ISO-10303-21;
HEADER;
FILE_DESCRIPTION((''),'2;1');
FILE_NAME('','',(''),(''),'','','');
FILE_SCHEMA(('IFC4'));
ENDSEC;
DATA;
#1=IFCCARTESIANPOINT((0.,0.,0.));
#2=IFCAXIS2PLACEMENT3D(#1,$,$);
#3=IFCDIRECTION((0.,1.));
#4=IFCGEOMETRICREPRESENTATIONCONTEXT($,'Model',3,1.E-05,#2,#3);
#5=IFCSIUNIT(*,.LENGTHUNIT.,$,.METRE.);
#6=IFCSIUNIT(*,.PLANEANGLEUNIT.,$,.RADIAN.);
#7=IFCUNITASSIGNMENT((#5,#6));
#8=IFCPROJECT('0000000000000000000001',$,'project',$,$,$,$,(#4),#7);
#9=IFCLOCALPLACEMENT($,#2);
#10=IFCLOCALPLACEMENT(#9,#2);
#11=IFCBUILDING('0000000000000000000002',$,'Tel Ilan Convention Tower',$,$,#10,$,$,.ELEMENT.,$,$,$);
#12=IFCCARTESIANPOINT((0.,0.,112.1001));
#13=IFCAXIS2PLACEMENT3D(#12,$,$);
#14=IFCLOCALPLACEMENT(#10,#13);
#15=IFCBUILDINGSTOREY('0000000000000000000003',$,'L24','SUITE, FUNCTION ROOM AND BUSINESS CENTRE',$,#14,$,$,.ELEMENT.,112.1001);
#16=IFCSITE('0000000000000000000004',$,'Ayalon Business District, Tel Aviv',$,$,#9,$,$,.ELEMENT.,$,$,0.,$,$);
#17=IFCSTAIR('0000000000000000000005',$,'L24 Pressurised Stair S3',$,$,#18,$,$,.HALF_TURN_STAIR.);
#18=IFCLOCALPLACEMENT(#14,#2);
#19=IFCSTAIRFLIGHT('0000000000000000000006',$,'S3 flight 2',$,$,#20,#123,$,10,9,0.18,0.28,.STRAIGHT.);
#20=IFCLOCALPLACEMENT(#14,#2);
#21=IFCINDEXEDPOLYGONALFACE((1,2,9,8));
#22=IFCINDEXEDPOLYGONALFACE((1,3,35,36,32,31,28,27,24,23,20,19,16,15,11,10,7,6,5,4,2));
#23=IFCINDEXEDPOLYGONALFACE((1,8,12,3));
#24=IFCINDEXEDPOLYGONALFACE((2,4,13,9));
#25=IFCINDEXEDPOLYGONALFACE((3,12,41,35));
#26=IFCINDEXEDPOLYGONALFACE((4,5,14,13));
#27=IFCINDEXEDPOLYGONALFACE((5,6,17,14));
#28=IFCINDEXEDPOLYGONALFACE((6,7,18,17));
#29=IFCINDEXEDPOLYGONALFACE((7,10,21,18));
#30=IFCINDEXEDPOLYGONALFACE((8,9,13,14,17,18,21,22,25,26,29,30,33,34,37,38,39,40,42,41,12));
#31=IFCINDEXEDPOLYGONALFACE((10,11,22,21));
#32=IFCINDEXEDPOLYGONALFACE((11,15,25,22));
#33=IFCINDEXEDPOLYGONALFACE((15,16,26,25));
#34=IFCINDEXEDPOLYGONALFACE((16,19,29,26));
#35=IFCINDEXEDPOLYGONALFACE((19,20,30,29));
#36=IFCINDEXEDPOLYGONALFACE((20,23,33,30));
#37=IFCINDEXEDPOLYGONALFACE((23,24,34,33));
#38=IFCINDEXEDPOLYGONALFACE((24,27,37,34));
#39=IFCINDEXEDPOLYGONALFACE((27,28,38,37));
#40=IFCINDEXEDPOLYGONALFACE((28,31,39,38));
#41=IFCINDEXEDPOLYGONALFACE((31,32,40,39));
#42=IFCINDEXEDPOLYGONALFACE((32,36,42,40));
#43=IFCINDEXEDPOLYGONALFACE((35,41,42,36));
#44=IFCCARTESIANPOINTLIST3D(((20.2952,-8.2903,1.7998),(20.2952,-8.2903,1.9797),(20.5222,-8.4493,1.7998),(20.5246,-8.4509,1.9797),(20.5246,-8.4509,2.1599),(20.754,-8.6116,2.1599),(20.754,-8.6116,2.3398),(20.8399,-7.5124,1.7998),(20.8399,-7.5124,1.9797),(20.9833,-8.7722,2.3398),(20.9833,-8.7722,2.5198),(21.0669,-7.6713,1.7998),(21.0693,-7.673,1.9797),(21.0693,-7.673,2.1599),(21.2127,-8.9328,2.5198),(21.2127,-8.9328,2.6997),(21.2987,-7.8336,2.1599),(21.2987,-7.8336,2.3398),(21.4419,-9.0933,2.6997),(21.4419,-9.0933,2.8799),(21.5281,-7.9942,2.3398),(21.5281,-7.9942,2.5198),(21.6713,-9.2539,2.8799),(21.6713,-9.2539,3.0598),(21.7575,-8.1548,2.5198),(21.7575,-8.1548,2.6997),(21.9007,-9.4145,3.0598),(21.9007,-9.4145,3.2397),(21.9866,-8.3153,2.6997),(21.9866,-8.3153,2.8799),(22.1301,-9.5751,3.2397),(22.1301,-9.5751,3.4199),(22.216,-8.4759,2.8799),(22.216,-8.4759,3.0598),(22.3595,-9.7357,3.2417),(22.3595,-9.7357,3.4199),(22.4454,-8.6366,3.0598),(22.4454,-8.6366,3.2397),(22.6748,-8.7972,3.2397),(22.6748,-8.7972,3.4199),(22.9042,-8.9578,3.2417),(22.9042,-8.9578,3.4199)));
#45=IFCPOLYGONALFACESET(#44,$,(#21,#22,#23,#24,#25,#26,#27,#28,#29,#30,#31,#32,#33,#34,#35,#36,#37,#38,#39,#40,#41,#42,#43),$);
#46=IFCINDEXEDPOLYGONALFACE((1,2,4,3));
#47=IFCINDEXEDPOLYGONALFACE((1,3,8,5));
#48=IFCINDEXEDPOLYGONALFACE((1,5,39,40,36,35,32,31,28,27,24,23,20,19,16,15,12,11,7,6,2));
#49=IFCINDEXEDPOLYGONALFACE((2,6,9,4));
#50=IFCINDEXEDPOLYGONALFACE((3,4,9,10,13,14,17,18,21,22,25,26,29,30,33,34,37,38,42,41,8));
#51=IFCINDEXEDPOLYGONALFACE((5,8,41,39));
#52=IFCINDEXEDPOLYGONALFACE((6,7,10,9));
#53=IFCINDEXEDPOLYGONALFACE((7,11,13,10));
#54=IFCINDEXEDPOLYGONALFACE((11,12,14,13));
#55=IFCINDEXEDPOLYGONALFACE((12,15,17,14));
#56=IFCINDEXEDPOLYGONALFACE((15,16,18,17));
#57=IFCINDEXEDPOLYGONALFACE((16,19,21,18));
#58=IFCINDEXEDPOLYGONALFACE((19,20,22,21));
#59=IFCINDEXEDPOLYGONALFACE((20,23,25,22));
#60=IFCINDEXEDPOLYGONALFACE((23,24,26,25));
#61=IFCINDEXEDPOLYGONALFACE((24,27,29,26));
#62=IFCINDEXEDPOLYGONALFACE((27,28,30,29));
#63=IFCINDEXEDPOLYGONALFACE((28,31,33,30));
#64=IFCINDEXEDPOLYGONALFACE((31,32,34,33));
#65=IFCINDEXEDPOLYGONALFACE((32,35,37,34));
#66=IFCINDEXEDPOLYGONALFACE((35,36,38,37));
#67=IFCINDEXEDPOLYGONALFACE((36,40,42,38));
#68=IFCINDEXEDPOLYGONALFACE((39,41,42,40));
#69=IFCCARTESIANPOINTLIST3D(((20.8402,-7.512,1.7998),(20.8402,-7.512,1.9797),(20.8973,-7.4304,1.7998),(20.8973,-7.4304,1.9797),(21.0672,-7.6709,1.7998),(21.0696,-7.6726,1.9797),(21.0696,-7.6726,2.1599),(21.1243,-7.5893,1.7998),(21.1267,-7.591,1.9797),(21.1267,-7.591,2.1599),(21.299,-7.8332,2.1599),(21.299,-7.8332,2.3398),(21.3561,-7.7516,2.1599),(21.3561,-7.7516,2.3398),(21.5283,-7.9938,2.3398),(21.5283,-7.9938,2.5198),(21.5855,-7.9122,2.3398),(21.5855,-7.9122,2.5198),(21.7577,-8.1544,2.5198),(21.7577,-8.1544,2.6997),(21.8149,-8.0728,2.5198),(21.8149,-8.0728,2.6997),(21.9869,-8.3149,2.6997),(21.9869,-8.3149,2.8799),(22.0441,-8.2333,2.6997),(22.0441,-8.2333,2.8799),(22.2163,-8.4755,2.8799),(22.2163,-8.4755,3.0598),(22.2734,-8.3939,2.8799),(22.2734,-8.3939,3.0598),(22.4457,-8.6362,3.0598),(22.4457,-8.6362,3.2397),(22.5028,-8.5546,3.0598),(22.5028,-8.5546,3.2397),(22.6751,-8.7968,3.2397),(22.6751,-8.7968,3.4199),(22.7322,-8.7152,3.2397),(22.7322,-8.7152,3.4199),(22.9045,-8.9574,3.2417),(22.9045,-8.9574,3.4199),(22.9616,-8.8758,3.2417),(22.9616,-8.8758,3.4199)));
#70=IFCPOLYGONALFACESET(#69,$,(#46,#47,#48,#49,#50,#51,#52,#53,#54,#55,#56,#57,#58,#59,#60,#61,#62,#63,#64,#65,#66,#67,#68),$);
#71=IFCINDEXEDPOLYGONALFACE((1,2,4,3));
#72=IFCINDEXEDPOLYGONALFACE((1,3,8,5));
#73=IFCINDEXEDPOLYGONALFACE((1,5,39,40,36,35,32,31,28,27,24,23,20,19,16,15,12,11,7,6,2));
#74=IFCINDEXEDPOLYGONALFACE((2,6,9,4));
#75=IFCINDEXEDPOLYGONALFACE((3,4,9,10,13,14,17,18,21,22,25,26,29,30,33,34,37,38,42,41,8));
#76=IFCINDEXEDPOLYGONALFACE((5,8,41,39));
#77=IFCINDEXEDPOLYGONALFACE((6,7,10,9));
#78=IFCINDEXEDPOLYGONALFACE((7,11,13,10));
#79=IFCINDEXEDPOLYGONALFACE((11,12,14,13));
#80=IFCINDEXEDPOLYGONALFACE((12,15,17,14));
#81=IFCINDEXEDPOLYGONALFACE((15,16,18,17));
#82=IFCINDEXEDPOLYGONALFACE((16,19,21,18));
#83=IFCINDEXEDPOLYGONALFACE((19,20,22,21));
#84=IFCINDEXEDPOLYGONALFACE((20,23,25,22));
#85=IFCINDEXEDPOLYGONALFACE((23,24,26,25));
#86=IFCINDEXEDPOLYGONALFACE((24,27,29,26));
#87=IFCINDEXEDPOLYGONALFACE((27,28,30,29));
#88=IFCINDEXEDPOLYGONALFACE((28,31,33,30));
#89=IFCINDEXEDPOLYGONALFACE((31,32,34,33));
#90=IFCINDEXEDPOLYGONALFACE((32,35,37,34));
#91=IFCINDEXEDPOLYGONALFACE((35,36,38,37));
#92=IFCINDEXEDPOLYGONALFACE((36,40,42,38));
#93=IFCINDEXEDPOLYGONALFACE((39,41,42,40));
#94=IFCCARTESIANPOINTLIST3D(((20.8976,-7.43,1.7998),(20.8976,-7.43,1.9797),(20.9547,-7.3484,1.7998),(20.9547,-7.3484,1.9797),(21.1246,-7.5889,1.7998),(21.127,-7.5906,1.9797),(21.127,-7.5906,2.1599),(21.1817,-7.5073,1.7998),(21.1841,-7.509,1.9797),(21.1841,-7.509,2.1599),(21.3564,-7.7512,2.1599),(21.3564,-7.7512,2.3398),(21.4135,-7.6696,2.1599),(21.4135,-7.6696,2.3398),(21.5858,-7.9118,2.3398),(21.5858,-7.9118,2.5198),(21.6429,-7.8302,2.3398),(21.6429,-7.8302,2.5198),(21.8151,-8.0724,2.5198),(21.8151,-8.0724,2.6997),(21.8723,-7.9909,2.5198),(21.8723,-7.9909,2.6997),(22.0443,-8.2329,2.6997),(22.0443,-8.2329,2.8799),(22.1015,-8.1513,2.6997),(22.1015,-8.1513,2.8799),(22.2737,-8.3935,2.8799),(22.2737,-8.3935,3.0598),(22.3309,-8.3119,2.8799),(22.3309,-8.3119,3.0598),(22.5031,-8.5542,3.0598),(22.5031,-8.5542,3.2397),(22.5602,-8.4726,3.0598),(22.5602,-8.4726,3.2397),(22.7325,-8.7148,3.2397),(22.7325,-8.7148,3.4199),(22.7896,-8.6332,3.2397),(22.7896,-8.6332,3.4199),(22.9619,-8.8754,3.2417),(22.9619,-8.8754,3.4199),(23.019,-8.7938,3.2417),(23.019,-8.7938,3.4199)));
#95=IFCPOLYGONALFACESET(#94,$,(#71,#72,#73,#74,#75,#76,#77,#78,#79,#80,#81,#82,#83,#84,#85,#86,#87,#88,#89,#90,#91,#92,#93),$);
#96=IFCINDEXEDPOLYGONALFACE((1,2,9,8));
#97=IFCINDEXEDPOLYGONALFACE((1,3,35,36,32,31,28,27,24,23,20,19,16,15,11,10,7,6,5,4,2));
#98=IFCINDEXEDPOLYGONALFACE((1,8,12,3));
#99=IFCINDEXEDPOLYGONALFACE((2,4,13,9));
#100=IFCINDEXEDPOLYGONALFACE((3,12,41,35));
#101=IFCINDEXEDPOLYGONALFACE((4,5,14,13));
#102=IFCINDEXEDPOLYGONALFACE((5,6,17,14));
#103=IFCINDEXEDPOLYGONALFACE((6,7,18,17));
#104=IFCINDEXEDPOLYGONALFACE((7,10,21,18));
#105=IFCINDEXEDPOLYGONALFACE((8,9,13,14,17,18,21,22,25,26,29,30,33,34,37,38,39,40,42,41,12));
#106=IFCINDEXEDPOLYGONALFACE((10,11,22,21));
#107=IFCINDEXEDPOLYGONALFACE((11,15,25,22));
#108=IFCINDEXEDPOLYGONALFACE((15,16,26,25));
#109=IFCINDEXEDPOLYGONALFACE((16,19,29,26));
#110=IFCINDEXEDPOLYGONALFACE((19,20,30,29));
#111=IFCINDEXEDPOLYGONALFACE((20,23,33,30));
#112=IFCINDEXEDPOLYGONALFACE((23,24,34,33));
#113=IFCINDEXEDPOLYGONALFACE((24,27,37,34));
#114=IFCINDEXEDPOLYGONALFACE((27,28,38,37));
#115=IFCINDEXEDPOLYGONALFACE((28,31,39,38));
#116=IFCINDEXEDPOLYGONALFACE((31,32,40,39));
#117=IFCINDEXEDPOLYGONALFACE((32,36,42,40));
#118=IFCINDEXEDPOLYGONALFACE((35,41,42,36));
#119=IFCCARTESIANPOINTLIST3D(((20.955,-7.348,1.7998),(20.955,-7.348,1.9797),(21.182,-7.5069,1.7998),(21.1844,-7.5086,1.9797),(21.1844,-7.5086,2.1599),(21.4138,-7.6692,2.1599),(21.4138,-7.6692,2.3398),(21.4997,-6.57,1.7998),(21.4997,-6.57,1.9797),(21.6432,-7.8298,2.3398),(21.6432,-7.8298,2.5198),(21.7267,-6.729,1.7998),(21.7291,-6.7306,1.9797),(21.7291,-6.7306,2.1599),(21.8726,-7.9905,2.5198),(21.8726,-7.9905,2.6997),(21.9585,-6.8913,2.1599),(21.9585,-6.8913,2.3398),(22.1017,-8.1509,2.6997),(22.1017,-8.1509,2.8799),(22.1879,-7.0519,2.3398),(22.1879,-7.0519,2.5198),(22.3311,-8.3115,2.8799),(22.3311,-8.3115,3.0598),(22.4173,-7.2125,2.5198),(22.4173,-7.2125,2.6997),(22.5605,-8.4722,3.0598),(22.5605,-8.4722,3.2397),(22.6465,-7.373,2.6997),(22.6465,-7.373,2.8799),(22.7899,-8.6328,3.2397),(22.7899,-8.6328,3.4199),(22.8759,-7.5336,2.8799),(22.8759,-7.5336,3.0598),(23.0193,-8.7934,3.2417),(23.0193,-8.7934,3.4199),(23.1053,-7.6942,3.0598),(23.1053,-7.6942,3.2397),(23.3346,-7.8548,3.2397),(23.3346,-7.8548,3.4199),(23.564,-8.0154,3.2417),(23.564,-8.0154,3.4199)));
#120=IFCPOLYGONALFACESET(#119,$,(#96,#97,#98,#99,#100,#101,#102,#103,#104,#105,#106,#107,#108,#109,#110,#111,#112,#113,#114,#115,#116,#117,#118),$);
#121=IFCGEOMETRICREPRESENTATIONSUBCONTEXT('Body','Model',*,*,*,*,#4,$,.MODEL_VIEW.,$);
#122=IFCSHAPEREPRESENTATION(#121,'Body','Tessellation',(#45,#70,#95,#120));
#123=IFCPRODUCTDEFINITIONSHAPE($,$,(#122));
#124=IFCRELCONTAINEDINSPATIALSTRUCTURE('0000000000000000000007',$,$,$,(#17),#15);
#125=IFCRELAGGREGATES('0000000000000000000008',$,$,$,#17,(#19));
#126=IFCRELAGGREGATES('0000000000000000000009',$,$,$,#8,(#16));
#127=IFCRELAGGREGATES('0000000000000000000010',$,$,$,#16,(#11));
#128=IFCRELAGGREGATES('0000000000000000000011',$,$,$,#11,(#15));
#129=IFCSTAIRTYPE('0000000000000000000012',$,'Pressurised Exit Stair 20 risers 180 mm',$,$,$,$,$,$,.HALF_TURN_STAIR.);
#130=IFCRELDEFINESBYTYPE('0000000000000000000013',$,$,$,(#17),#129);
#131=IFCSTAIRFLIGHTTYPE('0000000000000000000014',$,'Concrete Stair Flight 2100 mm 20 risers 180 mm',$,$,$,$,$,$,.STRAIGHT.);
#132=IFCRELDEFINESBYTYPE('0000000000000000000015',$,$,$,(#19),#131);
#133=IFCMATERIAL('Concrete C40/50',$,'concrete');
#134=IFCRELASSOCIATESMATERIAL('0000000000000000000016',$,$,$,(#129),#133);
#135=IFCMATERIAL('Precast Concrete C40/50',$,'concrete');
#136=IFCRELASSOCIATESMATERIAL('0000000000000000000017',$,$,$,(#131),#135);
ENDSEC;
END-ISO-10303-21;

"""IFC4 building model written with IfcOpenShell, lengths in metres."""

from ifc_helpers import new_model, si_unit, direction, frame, origin, place, context, subcontext, project, spatial, polyline, outline, extrude, material, type_object, element, aggregate, save


model = new_model("IFC4")

# Units and contexts
model_context = context("Model", 3, precision=1e-05, world=origin(), true_north=direction((0.0, 1.0)))
body_context = subcontext(model_context, "Body", "Model", "MODEL_VIEW")
ifc_project = project(units=[si_unit("LENGTHUNIT", "METRE"), si_unit("PLANEANGLEUNIT", "RADIAN")], contexts=[model_context])

# Site, building, storey
site_placement = place(None, origin())
site = spatial("IfcSite", under=ifc_project, at=site_placement, Name="Ayalon Business District, Tel Aviv", CompositionType="ELEMENT", RefElevation=0.0)
building_placement = place(site_placement, origin())
building = spatial("IfcBuilding", under=site, at=building_placement, Name="Tel Ilan Convention Tower", CompositionType="ELEMENT")
storey_placement = place(building_placement, frame((0.0, 0.0, 112.1001)))
storey = spatial("IfcBuildingStorey", under=building, at=storey_placement, Name="L24", Description="SUITE, FUNCTION ROOM AND BUSINESS CENTRE", CompositionType="ELEMENT", Elevation=112.1001)

# Stair, stair flight
ifc_material_1 = material(Name="Concrete C40/50", Category="concrete")
stair_type = type_object("IfcStairType", Name="Pressurised Exit Stair 20 risers 180 mm", PredefinedType="HALF_TURN_STAIR", material=ifc_material_1)
stair_1_placement = place(storey_placement, origin())
stair_1 = element("IfcStair", 1, at=stair_1_placement, inside=storey, type_object=stair_type, Name="L24 Pressurised Stair S3", PredefinedType="HALF_TURN_STAIR")
ifc_material_2 = material(Name="Precast Concrete C40/50", Category="concrete")
stair_flight_type = type_object("IfcStairFlightType", Name="Concrete Stair Flight 2100 mm 20 risers 180 mm", PredefinedType="STRAIGHT", material=ifc_material_2)
stair_flight_1_placement = place(storey_placement, frame((20.8975, -7.4302, 1.7998), z_axis=(0.0, 0.0, 1.0), x_axis=(0.819152, -0.573576, 0.0)))
stair_flight_1 = element("IfcStairFlight", 2, at=stair_flight_1_placement, type_object=stair_flight_type, Name="S3 flight 2", NumberOfRisers=10, NumberOfTreads=9, PredefinedType="STRAIGHT", RiserHeight=0.18, TreadLength=0.28, context=body_context, shape_type="SweptSolid", body=[
    extrude(outline(polyline([(0.0, 0.0), (0.0, 0.1799), (0.28, 0.1799), (0.28, 0.3601), (0.5601, 0.3601), (0.5601, 0.54), (0.8401, 0.54), (0.8401, 0.72), (1.1201, 0.72), (1.1201, 0.8999), (1.3999, 0.8999), (1.3999, 1.0801), (1.6799, 1.0801), (1.6799, 1.26), (1.96, 1.26), (1.96, 1.4399), (2.24, 1.4399), (2.24, 1.6201), (2.52, 1.6201), (2.52, 1.8), (2.52, 1.4419), (0.2771, 0.0), (0.0, 0.0)])), frame((0.0, -0.1003, 0.0), z_axis=(0.0, -1.0, 0.0), x_axis=(1.0, 0.0, 0.0)), (0.0, 0.0, 1.0), 0.9497),
    extrude(outline(polyline([(0.0, 0.0), (0.0, 0.1799), (0.28, 0.1799), (0.28, 0.3601), (0.5601, 0.3601), (0.5601, 0.54), (0.8401, 0.54), (0.8401, 0.72), (1.1201, 0.72), (1.1201, 0.8999), (1.3999, 0.8999), (1.3999, 1.0801), (1.6799, 1.0801), (1.6799, 1.26), (1.96, 1.26), (1.96, 1.4399), (2.24, 1.4399), (2.24, 1.6201), (2.52, 1.6201), (2.52, 1.8), (2.52, 1.4419), (0.2771, 0.0), (0.0, 0.0)])), frame((0.0, -0.0002, 0.0), z_axis=(0.0, -1.0, 0.0), x_axis=(1.0, 0.0, 0.0)), (0.0, 0.0, 1.0), 0.0996),
    extrude(outline(polyline([(0.0, 0.0), (0.0, 0.1799), (0.28, 0.1799), (0.28, 0.3601), (0.5601, 0.3601), (0.5601, 0.54), (0.8401, 0.54), (0.8401, 0.72), (1.1201, 0.72), (1.1201, 0.8999), (1.3999, 0.8999), (1.3999, 1.0801), (1.6799, 1.0801), (1.6799, 1.26), (1.96, 1.26), (1.96, 1.4399), (2.24, 1.4399), (2.24, 1.6201), (2.52, 1.6201), (2.52, 1.8), (2.52, 1.4419), (0.2771, 0.0), (0.0, 0.0)])), frame((0.0, 0.0999, 0.0), z_axis=(0.0, -1.0, 0.0), x_axis=(1.0, 0.0, 0.0)), (0.0, 0.0, 1.0), 0.0996),
    extrude(outline(polyline([(0.0, 0.0), (0.0, 0.1799), (0.28, 0.1799), (0.28, 0.3601), (0.5601, 0.3601), (0.5601, 0.54), (0.8401, 0.54), (0.8401, 0.72), (1.1201, 0.72), (1.1201, 0.8999), (1.3999, 0.8999), (1.3999, 1.0801), (1.6799, 1.0801), (1.6799, 1.26), (1.96, 1.26), (1.96, 1.4399), (2.24, 1.4399), (2.24, 1.6201), (2.52, 1.6201), (2.52, 1.8), (2.52, 1.4419), (0.2771, 0.0), (0.0, 0.0)])), frame((0.0, 1.05, 0.0), z_axis=(0.0, -1.0, 0.0), x_axis=(1.0, 0.0, 0.0)), (0.0, 0.0, 1.0), 0.9497),
])
aggregate(stair_1, [stair_flight_1])

save(model, "model.ifc")
